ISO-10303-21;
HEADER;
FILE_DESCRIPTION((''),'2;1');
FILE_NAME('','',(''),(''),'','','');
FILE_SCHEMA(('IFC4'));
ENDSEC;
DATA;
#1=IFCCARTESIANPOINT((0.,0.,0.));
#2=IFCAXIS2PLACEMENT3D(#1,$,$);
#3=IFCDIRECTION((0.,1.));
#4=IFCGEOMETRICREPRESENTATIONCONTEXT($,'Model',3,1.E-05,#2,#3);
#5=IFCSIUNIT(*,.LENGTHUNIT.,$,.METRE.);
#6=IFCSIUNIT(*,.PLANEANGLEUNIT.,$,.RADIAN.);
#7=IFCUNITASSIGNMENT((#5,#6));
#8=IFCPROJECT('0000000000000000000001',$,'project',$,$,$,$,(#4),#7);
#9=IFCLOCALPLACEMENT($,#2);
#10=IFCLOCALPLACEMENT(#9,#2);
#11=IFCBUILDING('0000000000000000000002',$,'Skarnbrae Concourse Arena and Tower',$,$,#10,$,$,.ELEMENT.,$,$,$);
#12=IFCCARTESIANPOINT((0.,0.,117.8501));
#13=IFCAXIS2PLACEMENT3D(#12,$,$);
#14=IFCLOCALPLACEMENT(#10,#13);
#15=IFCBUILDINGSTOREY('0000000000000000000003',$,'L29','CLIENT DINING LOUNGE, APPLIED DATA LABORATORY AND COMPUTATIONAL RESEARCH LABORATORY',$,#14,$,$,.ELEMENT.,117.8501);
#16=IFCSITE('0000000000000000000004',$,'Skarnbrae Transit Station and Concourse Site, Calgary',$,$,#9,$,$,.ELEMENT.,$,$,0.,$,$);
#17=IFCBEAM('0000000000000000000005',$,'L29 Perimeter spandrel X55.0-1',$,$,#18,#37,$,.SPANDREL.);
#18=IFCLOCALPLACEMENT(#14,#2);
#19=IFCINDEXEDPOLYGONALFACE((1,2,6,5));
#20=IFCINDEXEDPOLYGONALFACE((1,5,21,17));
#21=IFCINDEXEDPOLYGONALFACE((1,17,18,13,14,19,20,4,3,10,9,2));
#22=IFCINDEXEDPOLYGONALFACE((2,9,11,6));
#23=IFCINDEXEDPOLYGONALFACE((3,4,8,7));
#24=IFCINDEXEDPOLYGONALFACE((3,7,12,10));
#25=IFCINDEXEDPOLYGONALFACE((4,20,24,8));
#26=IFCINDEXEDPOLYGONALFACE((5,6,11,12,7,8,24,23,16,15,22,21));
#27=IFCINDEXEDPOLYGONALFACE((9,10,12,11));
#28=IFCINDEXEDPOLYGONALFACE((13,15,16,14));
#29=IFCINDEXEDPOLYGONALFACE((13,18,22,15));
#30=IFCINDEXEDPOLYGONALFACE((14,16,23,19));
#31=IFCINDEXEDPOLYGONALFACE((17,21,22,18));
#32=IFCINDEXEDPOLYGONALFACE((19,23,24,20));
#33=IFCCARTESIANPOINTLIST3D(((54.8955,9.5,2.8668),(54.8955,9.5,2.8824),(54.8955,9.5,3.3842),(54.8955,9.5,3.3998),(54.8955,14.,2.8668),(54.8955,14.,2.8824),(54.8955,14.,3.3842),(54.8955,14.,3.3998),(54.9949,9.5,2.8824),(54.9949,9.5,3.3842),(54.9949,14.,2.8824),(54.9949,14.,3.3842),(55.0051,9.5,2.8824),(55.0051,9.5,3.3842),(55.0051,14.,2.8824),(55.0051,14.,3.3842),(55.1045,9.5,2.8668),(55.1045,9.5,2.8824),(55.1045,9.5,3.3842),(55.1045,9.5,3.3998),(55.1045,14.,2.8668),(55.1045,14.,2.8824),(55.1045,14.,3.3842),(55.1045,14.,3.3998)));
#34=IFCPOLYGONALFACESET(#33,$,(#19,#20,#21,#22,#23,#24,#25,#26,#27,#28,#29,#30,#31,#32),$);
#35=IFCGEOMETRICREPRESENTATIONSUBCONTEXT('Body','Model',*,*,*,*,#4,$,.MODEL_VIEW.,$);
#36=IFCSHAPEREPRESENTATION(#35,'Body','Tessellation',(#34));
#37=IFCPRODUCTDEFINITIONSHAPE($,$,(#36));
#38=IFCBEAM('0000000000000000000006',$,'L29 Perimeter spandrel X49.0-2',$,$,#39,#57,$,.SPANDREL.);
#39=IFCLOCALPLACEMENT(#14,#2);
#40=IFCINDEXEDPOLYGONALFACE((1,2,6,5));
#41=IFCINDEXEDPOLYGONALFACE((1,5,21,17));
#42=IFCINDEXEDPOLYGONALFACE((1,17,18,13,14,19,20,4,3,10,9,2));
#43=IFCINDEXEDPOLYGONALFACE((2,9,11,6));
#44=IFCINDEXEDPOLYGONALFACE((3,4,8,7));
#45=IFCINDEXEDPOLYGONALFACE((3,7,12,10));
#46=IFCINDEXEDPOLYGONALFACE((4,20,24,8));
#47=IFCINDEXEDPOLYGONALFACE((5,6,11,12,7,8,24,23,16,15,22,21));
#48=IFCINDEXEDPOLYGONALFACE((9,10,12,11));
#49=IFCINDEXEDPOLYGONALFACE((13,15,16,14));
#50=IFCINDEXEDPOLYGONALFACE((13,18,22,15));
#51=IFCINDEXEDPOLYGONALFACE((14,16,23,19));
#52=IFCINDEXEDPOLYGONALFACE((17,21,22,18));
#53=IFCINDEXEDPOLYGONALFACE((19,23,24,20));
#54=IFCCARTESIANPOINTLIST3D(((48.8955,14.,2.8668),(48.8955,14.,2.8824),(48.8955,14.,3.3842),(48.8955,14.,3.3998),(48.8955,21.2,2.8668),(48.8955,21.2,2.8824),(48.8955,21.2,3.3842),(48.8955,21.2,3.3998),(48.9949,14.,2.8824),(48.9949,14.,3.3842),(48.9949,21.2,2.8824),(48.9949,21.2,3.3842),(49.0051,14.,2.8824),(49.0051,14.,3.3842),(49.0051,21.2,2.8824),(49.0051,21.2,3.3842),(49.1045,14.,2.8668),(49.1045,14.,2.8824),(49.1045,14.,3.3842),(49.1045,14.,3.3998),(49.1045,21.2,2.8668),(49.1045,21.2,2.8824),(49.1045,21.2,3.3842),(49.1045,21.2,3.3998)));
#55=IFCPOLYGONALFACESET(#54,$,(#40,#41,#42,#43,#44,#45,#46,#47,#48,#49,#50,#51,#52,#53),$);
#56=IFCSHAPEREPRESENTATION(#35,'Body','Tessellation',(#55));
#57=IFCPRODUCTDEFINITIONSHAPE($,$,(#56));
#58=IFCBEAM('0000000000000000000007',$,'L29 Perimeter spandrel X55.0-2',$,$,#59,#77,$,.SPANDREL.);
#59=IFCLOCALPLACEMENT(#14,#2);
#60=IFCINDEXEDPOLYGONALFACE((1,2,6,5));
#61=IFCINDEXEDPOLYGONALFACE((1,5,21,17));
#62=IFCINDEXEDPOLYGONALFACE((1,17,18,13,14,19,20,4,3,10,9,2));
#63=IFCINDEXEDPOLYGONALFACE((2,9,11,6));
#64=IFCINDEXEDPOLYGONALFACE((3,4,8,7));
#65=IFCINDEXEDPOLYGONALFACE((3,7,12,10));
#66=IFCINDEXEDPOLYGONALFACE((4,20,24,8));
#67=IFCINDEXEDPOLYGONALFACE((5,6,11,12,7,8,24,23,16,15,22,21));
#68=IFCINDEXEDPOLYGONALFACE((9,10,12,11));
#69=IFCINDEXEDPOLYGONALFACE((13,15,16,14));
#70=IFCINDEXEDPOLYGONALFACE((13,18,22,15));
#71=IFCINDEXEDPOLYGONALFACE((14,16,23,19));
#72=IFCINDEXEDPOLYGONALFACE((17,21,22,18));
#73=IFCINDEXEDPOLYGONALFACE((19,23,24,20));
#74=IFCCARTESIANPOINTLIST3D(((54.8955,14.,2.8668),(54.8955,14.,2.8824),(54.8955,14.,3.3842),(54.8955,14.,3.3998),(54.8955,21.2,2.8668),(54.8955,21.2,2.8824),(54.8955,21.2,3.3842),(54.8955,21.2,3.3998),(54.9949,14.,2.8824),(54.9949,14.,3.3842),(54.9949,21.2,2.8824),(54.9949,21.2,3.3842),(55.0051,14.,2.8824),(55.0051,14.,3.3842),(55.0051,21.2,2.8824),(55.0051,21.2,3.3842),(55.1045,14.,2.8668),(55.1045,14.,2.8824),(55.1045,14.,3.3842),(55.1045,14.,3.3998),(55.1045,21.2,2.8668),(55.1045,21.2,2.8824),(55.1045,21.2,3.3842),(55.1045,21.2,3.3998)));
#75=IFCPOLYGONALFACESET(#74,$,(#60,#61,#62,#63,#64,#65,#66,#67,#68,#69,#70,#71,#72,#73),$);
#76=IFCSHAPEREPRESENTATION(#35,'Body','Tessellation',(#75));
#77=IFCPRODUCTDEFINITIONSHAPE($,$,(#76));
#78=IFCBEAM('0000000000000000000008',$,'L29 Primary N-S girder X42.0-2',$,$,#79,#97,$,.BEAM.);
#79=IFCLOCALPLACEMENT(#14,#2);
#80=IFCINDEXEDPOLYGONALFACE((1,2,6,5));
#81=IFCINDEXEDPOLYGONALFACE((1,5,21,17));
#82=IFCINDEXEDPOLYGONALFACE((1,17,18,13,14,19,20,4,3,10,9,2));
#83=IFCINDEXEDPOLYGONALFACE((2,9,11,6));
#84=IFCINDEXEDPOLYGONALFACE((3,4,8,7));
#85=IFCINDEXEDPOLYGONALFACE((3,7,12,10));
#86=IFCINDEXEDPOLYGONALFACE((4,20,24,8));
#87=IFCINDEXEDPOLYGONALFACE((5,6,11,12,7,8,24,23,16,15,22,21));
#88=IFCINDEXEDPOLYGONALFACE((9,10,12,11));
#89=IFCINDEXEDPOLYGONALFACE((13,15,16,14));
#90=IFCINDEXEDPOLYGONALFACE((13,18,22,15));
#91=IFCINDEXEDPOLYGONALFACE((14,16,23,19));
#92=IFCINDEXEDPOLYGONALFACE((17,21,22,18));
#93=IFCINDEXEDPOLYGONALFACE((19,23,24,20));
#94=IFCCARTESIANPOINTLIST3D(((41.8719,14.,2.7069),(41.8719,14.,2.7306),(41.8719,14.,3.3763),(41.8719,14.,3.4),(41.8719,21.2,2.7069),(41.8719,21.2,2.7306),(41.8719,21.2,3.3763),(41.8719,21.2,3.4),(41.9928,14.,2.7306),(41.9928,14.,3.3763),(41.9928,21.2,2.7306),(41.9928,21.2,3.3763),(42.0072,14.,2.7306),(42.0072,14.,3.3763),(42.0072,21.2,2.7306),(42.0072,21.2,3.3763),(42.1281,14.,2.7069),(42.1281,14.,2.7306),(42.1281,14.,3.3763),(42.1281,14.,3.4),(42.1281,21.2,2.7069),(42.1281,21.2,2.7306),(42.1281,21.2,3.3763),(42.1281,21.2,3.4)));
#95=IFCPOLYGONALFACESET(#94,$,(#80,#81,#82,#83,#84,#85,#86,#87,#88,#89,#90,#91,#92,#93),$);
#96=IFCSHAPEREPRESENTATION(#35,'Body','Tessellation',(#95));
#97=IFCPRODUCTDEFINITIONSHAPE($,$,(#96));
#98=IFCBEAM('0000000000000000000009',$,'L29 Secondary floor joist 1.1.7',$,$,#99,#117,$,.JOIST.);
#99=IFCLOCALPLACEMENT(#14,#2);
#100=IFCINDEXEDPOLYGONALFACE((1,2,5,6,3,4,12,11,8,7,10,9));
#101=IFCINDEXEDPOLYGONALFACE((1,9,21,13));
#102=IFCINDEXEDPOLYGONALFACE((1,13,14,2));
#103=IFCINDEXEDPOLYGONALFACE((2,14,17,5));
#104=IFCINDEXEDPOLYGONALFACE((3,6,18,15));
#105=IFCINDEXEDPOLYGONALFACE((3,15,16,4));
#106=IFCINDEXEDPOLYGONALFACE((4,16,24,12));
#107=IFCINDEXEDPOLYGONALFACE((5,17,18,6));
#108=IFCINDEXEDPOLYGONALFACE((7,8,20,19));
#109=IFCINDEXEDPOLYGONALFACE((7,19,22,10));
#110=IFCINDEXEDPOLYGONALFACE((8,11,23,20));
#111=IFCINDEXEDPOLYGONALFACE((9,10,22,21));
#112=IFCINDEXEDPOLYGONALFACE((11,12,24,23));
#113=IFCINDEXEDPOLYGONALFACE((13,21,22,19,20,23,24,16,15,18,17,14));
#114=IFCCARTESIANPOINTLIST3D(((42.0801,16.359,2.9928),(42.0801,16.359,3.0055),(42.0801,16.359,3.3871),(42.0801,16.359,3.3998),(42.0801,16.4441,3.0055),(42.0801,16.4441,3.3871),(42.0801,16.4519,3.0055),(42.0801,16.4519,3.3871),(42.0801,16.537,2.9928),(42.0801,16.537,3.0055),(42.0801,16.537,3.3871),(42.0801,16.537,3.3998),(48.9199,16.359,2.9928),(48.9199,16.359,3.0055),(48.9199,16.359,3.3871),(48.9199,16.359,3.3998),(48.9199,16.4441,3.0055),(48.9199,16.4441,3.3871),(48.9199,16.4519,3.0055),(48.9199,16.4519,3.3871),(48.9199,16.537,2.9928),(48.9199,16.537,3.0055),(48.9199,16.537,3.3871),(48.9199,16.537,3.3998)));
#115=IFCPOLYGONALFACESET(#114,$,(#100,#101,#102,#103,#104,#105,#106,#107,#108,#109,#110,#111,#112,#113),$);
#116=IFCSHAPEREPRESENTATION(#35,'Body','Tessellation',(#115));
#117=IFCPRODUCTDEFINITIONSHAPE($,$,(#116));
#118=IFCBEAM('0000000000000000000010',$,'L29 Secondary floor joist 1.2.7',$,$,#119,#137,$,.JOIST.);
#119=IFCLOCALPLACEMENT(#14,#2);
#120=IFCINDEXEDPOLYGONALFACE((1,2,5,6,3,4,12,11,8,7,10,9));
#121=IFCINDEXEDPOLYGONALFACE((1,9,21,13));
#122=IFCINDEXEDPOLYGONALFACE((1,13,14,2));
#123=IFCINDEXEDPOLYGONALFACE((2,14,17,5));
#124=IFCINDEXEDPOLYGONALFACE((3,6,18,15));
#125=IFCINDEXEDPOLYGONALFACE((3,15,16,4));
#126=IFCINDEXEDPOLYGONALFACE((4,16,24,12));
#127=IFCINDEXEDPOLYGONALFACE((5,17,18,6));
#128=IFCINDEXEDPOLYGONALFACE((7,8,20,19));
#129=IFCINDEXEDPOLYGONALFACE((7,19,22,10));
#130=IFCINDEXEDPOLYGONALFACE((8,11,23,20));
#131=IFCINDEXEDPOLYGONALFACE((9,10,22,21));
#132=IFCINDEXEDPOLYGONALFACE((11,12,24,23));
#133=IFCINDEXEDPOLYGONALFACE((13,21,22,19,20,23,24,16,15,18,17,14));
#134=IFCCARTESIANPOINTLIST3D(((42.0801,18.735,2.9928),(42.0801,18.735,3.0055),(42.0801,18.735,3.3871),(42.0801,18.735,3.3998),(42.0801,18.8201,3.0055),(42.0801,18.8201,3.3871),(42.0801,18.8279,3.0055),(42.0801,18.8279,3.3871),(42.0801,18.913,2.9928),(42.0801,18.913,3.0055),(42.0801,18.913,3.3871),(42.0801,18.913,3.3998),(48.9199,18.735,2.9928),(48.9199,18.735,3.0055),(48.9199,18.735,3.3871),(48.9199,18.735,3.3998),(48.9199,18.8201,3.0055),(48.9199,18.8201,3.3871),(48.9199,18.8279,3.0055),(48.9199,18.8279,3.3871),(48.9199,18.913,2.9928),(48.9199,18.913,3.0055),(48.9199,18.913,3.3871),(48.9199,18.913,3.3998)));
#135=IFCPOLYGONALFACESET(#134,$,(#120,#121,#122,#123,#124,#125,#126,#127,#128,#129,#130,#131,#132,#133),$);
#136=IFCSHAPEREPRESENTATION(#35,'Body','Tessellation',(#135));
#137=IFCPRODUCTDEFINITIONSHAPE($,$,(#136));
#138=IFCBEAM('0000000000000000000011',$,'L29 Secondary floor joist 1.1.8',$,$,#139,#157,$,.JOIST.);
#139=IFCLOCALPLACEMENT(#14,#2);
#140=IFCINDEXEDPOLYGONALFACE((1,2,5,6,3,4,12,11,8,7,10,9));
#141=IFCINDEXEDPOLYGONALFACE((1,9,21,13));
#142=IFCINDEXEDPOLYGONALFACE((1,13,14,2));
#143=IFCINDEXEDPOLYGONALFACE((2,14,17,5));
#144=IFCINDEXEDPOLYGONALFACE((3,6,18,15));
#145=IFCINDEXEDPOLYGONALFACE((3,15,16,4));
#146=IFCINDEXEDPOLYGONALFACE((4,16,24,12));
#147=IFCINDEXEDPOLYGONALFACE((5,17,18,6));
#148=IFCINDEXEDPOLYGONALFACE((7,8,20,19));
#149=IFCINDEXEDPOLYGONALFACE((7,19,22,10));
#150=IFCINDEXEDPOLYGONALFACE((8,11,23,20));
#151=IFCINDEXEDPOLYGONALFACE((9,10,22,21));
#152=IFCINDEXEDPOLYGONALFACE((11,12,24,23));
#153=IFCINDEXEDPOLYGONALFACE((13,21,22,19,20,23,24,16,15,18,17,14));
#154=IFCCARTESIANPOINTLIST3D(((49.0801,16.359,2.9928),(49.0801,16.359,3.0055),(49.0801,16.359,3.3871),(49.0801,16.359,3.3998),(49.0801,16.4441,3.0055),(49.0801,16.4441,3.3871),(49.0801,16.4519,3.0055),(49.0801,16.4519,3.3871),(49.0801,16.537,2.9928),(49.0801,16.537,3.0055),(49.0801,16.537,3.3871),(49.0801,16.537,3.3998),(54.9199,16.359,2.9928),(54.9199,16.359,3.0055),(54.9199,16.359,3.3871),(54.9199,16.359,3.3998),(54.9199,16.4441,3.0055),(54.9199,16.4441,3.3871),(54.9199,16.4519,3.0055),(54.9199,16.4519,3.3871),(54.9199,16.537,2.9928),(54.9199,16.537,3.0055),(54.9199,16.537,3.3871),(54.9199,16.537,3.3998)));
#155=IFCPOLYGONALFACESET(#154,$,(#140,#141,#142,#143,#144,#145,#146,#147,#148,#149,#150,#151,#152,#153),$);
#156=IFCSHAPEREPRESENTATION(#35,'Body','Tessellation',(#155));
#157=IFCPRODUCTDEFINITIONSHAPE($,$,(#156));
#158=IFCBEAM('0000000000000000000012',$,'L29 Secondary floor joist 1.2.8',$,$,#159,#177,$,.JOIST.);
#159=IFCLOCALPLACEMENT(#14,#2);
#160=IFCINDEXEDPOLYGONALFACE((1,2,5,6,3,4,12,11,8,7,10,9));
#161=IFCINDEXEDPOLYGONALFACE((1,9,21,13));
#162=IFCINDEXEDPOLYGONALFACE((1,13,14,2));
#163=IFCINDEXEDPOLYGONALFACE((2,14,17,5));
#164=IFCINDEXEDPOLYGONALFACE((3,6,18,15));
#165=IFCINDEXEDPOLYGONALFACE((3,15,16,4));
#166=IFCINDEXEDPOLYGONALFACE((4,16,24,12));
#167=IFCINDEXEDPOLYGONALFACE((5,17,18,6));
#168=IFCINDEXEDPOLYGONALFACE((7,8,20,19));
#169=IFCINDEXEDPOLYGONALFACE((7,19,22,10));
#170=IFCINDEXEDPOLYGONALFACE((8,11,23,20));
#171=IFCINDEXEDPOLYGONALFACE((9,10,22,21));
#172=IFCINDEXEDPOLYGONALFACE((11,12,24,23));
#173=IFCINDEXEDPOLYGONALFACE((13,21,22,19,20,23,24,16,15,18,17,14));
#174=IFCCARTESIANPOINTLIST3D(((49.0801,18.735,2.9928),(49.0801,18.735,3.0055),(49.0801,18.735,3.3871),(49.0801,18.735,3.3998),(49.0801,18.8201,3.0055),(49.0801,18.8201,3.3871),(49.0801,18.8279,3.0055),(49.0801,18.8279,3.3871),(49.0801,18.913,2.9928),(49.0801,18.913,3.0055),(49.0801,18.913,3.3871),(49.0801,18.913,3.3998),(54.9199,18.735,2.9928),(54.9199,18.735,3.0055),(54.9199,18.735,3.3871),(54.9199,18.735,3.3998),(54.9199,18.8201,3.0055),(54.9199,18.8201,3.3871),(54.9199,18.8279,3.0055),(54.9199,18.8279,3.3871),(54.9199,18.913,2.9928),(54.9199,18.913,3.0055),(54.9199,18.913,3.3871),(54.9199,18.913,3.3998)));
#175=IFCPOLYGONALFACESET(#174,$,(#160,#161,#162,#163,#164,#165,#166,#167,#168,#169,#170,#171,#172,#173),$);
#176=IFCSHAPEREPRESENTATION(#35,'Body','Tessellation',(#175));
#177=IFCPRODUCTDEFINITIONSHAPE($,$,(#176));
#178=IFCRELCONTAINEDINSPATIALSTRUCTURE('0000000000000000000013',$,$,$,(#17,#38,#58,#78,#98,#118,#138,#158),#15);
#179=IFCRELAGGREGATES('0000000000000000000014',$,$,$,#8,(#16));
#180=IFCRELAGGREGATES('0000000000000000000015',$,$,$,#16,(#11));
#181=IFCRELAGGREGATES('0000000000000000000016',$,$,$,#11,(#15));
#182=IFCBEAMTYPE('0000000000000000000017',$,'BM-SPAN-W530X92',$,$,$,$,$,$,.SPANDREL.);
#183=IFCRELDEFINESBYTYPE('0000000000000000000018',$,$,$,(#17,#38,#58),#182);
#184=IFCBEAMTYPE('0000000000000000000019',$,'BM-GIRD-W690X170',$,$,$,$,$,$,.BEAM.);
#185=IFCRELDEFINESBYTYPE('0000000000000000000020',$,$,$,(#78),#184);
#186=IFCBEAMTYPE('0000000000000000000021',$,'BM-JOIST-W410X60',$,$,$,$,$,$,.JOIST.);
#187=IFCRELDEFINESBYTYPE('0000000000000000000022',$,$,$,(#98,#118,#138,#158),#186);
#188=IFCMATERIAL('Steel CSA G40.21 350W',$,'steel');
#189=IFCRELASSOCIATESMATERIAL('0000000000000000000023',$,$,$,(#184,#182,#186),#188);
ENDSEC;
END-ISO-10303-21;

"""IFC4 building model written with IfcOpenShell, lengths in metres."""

from ifc_helpers import new_model, si_unit, direction, frame, origin, origin_2d, place, context, subcontext, project, spatial, i_section, extrude, source, transform, mapped, material, material_profile, profile_set, type_object, element, save


model = new_model("IFC4")

# Units and contexts
model_context = context("Model", 3, precision=1e-05, world=origin(), true_north=direction((0.0, 1.0)))
body_context = subcontext(model_context, "Body", "Model", "MODEL_VIEW")
ifc_project = project(units=[si_unit("LENGTHUNIT", "METRE"), si_unit("PLANEANGLEUNIT", "RADIAN")], contexts=[model_context])

# Site, building, storey
site_placement = place(None, origin())
site = spatial("IfcSite", under=ifc_project, at=site_placement, Name="Skarnbrae Transit Station and Concourse Site, Calgary", CompositionType="ELEMENT", RefElevation=0.0)
building_placement = place(site_placement, origin())
building = spatial("IfcBuilding", under=site, at=building_placement, Name="Skarnbrae Concourse Arena and Tower", CompositionType="ELEMENT")
storey_placement = place(building_placement, frame((0.0, 0.0, 117.8501)))
storey = spatial("IfcBuildingStorey", under=building, at=storey_placement, Name="L29", Description="CLIENT DINING LOUNGE, APPLIED DATA LABORATORY AND COMPUTATIONAL RESEARCH LABORATORY", CompositionType="ELEMENT", Elevation=117.8501)

# Shared definitions
ifc_material_1 = material(Name="Steel CSA G40.21 350W", Category="steel")

# Beams
ifc_material_profile_1 = material_profile(ifc_material_1, i_section(OverallWidth=0.2561, OverallDepth=0.6931, WebThickness=0.0144, FlangeThickness=0.0237, at=origin_2d()), Name="W690X170")
ifc_profile_set_1 = profile_set([ifc_material_profile_1], Name="Steel CSA G40.21 350W")
beam_type_1 = type_object("IfcBeamType", Name="BM-GIRD-W690X170", PredefinedType="BEAM", material=ifc_profile_set_1)
ifc_material_profile_2 = material_profile(ifc_material_1, i_section(OverallWidth=0.209, OverallDepth=0.533, WebThickness=0.0103, FlangeThickness=0.0156, at=origin_2d()), Name="W530X92")
ifc_profile_set_2 = profile_set([ifc_material_profile_2], Name="Steel CSA G40.21 350W")
beam_type_2 = type_object("IfcBeamType", Name="BM-SPAN-W530X92", PredefinedType="SPANDREL", material=ifc_profile_set_2)
shared_shape_1 = source(origin(), body_context, "Body", "SweptSolid", [
    extrude(i_section(OverallWidth=0.209, OverallDepth=0.533, WebThickness=0.0103, FlangeThickness=0.0156, at=origin_2d()), origin(), (0.0, 0.0, 1.0), 4.5),
])
beam_1_placement = place(storey_placement, frame((55.0, 9.5, 3.1333), z_axis=(0.0, 1.0, 0.0), x_axis=(-1.0, 0.0, 0.0)))
element("IfcBeam", 1, at=beam_1_placement, inside=storey, type_object=beam_type_2, Name="L29 Perimeter spandrel X55.0-1", PredefinedType="SPANDREL", context=body_context, shape_type="MappedRepresentation", body=[
    mapped(shared_shape_1, transform((0.0, 0.0, 0.0))),
])
shared_shape_2 = source(origin(), body_context, "Body", "SweptSolid", [
    extrude(i_section(OverallWidth=0.209, OverallDepth=0.533, WebThickness=0.0103, FlangeThickness=0.0156, at=origin_2d()), origin(), (0.0, 0.0, 1.0), 7.2),
])
for number, where, z_axis, x_axis, name in (
    (2, (49.0, 14.0, 3.1333), (0.0, 1.0, 0.0), (-1.0, 0.0, 0.0), "L29 Perimeter spandrel X49.0-2"),
    (3, (55.0, 14.0, 3.1333), (0.0, 1.0, 0.0), (-1.0, 0.0, 0.0), "L29 Perimeter spandrel X55.0-2"),
):
    element("IfcBeam", number, at=place(storey_placement, frame(where, z_axis=z_axis, x_axis=x_axis)), inside=storey, type_object=beam_type_2, Name=name, PredefinedType="SPANDREL", context=body_context, shape_type="MappedRepresentation", body=[
        mapped(shared_shape_2, transform((0.0, 0.0, 0.0))),
    ])
shared_shape_3 = source(origin(), body_context, "Body", "SweptSolid", [
    extrude(i_section(OverallWidth=0.2561, OverallDepth=0.6931, WebThickness=0.0144, FlangeThickness=0.0237, at=origin_2d()), origin(), (0.0, 0.0, 1.0), 7.2),
])
beam_2_placement = place(storey_placement, frame((42.0, 14.0, 3.0535), z_axis=(0.0, 1.0, 0.0), x_axis=(-1.0, 0.0, 0.0)))
element("IfcBeam", 4, at=beam_2_placement, inside=storey, type_object=beam_type_1, Name="L29 Primary N-S girder X42.0-2", PredefinedType="BEAM", context=body_context, shape_type="MappedRepresentation", body=[
    mapped(shared_shape_3, transform((0.0, 0.0, 0.0))),
])
ifc_material_profile_3 = material_profile(ifc_material_1, i_section(OverallWidth=0.178, OverallDepth=0.407, WebThickness=0.0078, FlangeThickness=0.0127, at=origin_2d()), Name="W410X60")
ifc_profile_set_3 = profile_set([ifc_material_profile_3], Name="Steel CSA G40.21 350W")
beam_type_3 = type_object("IfcBeamType", Name="BM-JOIST-W410X60", PredefinedType="JOIST", material=ifc_profile_set_3)
shared_shape_4 = source(origin(), body_context, "Body", "SweptSolid", [
    extrude(i_section(OverallWidth=0.178, OverallDepth=0.407, WebThickness=0.0078, FlangeThickness=0.0127, at=origin_2d()), origin(), (0.0, 0.0, 1.0), 6.8398),
])
for number, where, z_axis, x_axis, name in (
    (5, (42.0801, 16.448, 3.1963), (1.0, 0.0, 0.0), (0.0, 1.0, 0.0), "L29 Secondary floor joist 1.1.7"),
    (6, (42.0801, 18.824, 3.1963), (1.0, 0.0, 0.0), (0.0, 1.0, 0.0), "L29 Secondary floor joist 1.2.7"),
):
    element("IfcBeam", number, at=place(storey_placement, frame(where, z_axis=z_axis, x_axis=x_axis)), inside=storey, type_object=beam_type_3, Name=name, PredefinedType="JOIST", context=body_context, shape_type="MappedRepresentation", body=[
        mapped(shared_shape_4, transform((0.0, 0.0, 0.0))),
    ])
shared_shape_5 = source(origin(), body_context, "Body", "SweptSolid", [
    extrude(i_section(OverallWidth=0.178, OverallDepth=0.407, WebThickness=0.0078, FlangeThickness=0.0127, at=origin_2d()), origin(), (0.0, 0.0, 1.0), 5.8398),
])
for number, where, z_axis, x_axis, name in (
    (7, (49.0801, 16.448, 3.1963), (1.0, 0.0, 0.0), (0.0, 1.0, 0.0), "L29 Secondary floor joist 1.1.8"),
    (8, (49.0801, 18.824, 3.1963), (1.0, 0.0, 0.0), (0.0, 1.0, 0.0), "L29 Secondary floor joist 1.2.8"),
):
    element("IfcBeam", number, at=place(storey_placement, frame(where, z_axis=z_axis, x_axis=x_axis)), inside=storey, type_object=beam_type_3, Name=name, PredefinedType="JOIST", context=body_context, shape_type="MappedRepresentation", body=[
        mapped(shared_shape_5, transform((0.0, 0.0, 0.0))),
    ])

save(model, "model.ifc")
